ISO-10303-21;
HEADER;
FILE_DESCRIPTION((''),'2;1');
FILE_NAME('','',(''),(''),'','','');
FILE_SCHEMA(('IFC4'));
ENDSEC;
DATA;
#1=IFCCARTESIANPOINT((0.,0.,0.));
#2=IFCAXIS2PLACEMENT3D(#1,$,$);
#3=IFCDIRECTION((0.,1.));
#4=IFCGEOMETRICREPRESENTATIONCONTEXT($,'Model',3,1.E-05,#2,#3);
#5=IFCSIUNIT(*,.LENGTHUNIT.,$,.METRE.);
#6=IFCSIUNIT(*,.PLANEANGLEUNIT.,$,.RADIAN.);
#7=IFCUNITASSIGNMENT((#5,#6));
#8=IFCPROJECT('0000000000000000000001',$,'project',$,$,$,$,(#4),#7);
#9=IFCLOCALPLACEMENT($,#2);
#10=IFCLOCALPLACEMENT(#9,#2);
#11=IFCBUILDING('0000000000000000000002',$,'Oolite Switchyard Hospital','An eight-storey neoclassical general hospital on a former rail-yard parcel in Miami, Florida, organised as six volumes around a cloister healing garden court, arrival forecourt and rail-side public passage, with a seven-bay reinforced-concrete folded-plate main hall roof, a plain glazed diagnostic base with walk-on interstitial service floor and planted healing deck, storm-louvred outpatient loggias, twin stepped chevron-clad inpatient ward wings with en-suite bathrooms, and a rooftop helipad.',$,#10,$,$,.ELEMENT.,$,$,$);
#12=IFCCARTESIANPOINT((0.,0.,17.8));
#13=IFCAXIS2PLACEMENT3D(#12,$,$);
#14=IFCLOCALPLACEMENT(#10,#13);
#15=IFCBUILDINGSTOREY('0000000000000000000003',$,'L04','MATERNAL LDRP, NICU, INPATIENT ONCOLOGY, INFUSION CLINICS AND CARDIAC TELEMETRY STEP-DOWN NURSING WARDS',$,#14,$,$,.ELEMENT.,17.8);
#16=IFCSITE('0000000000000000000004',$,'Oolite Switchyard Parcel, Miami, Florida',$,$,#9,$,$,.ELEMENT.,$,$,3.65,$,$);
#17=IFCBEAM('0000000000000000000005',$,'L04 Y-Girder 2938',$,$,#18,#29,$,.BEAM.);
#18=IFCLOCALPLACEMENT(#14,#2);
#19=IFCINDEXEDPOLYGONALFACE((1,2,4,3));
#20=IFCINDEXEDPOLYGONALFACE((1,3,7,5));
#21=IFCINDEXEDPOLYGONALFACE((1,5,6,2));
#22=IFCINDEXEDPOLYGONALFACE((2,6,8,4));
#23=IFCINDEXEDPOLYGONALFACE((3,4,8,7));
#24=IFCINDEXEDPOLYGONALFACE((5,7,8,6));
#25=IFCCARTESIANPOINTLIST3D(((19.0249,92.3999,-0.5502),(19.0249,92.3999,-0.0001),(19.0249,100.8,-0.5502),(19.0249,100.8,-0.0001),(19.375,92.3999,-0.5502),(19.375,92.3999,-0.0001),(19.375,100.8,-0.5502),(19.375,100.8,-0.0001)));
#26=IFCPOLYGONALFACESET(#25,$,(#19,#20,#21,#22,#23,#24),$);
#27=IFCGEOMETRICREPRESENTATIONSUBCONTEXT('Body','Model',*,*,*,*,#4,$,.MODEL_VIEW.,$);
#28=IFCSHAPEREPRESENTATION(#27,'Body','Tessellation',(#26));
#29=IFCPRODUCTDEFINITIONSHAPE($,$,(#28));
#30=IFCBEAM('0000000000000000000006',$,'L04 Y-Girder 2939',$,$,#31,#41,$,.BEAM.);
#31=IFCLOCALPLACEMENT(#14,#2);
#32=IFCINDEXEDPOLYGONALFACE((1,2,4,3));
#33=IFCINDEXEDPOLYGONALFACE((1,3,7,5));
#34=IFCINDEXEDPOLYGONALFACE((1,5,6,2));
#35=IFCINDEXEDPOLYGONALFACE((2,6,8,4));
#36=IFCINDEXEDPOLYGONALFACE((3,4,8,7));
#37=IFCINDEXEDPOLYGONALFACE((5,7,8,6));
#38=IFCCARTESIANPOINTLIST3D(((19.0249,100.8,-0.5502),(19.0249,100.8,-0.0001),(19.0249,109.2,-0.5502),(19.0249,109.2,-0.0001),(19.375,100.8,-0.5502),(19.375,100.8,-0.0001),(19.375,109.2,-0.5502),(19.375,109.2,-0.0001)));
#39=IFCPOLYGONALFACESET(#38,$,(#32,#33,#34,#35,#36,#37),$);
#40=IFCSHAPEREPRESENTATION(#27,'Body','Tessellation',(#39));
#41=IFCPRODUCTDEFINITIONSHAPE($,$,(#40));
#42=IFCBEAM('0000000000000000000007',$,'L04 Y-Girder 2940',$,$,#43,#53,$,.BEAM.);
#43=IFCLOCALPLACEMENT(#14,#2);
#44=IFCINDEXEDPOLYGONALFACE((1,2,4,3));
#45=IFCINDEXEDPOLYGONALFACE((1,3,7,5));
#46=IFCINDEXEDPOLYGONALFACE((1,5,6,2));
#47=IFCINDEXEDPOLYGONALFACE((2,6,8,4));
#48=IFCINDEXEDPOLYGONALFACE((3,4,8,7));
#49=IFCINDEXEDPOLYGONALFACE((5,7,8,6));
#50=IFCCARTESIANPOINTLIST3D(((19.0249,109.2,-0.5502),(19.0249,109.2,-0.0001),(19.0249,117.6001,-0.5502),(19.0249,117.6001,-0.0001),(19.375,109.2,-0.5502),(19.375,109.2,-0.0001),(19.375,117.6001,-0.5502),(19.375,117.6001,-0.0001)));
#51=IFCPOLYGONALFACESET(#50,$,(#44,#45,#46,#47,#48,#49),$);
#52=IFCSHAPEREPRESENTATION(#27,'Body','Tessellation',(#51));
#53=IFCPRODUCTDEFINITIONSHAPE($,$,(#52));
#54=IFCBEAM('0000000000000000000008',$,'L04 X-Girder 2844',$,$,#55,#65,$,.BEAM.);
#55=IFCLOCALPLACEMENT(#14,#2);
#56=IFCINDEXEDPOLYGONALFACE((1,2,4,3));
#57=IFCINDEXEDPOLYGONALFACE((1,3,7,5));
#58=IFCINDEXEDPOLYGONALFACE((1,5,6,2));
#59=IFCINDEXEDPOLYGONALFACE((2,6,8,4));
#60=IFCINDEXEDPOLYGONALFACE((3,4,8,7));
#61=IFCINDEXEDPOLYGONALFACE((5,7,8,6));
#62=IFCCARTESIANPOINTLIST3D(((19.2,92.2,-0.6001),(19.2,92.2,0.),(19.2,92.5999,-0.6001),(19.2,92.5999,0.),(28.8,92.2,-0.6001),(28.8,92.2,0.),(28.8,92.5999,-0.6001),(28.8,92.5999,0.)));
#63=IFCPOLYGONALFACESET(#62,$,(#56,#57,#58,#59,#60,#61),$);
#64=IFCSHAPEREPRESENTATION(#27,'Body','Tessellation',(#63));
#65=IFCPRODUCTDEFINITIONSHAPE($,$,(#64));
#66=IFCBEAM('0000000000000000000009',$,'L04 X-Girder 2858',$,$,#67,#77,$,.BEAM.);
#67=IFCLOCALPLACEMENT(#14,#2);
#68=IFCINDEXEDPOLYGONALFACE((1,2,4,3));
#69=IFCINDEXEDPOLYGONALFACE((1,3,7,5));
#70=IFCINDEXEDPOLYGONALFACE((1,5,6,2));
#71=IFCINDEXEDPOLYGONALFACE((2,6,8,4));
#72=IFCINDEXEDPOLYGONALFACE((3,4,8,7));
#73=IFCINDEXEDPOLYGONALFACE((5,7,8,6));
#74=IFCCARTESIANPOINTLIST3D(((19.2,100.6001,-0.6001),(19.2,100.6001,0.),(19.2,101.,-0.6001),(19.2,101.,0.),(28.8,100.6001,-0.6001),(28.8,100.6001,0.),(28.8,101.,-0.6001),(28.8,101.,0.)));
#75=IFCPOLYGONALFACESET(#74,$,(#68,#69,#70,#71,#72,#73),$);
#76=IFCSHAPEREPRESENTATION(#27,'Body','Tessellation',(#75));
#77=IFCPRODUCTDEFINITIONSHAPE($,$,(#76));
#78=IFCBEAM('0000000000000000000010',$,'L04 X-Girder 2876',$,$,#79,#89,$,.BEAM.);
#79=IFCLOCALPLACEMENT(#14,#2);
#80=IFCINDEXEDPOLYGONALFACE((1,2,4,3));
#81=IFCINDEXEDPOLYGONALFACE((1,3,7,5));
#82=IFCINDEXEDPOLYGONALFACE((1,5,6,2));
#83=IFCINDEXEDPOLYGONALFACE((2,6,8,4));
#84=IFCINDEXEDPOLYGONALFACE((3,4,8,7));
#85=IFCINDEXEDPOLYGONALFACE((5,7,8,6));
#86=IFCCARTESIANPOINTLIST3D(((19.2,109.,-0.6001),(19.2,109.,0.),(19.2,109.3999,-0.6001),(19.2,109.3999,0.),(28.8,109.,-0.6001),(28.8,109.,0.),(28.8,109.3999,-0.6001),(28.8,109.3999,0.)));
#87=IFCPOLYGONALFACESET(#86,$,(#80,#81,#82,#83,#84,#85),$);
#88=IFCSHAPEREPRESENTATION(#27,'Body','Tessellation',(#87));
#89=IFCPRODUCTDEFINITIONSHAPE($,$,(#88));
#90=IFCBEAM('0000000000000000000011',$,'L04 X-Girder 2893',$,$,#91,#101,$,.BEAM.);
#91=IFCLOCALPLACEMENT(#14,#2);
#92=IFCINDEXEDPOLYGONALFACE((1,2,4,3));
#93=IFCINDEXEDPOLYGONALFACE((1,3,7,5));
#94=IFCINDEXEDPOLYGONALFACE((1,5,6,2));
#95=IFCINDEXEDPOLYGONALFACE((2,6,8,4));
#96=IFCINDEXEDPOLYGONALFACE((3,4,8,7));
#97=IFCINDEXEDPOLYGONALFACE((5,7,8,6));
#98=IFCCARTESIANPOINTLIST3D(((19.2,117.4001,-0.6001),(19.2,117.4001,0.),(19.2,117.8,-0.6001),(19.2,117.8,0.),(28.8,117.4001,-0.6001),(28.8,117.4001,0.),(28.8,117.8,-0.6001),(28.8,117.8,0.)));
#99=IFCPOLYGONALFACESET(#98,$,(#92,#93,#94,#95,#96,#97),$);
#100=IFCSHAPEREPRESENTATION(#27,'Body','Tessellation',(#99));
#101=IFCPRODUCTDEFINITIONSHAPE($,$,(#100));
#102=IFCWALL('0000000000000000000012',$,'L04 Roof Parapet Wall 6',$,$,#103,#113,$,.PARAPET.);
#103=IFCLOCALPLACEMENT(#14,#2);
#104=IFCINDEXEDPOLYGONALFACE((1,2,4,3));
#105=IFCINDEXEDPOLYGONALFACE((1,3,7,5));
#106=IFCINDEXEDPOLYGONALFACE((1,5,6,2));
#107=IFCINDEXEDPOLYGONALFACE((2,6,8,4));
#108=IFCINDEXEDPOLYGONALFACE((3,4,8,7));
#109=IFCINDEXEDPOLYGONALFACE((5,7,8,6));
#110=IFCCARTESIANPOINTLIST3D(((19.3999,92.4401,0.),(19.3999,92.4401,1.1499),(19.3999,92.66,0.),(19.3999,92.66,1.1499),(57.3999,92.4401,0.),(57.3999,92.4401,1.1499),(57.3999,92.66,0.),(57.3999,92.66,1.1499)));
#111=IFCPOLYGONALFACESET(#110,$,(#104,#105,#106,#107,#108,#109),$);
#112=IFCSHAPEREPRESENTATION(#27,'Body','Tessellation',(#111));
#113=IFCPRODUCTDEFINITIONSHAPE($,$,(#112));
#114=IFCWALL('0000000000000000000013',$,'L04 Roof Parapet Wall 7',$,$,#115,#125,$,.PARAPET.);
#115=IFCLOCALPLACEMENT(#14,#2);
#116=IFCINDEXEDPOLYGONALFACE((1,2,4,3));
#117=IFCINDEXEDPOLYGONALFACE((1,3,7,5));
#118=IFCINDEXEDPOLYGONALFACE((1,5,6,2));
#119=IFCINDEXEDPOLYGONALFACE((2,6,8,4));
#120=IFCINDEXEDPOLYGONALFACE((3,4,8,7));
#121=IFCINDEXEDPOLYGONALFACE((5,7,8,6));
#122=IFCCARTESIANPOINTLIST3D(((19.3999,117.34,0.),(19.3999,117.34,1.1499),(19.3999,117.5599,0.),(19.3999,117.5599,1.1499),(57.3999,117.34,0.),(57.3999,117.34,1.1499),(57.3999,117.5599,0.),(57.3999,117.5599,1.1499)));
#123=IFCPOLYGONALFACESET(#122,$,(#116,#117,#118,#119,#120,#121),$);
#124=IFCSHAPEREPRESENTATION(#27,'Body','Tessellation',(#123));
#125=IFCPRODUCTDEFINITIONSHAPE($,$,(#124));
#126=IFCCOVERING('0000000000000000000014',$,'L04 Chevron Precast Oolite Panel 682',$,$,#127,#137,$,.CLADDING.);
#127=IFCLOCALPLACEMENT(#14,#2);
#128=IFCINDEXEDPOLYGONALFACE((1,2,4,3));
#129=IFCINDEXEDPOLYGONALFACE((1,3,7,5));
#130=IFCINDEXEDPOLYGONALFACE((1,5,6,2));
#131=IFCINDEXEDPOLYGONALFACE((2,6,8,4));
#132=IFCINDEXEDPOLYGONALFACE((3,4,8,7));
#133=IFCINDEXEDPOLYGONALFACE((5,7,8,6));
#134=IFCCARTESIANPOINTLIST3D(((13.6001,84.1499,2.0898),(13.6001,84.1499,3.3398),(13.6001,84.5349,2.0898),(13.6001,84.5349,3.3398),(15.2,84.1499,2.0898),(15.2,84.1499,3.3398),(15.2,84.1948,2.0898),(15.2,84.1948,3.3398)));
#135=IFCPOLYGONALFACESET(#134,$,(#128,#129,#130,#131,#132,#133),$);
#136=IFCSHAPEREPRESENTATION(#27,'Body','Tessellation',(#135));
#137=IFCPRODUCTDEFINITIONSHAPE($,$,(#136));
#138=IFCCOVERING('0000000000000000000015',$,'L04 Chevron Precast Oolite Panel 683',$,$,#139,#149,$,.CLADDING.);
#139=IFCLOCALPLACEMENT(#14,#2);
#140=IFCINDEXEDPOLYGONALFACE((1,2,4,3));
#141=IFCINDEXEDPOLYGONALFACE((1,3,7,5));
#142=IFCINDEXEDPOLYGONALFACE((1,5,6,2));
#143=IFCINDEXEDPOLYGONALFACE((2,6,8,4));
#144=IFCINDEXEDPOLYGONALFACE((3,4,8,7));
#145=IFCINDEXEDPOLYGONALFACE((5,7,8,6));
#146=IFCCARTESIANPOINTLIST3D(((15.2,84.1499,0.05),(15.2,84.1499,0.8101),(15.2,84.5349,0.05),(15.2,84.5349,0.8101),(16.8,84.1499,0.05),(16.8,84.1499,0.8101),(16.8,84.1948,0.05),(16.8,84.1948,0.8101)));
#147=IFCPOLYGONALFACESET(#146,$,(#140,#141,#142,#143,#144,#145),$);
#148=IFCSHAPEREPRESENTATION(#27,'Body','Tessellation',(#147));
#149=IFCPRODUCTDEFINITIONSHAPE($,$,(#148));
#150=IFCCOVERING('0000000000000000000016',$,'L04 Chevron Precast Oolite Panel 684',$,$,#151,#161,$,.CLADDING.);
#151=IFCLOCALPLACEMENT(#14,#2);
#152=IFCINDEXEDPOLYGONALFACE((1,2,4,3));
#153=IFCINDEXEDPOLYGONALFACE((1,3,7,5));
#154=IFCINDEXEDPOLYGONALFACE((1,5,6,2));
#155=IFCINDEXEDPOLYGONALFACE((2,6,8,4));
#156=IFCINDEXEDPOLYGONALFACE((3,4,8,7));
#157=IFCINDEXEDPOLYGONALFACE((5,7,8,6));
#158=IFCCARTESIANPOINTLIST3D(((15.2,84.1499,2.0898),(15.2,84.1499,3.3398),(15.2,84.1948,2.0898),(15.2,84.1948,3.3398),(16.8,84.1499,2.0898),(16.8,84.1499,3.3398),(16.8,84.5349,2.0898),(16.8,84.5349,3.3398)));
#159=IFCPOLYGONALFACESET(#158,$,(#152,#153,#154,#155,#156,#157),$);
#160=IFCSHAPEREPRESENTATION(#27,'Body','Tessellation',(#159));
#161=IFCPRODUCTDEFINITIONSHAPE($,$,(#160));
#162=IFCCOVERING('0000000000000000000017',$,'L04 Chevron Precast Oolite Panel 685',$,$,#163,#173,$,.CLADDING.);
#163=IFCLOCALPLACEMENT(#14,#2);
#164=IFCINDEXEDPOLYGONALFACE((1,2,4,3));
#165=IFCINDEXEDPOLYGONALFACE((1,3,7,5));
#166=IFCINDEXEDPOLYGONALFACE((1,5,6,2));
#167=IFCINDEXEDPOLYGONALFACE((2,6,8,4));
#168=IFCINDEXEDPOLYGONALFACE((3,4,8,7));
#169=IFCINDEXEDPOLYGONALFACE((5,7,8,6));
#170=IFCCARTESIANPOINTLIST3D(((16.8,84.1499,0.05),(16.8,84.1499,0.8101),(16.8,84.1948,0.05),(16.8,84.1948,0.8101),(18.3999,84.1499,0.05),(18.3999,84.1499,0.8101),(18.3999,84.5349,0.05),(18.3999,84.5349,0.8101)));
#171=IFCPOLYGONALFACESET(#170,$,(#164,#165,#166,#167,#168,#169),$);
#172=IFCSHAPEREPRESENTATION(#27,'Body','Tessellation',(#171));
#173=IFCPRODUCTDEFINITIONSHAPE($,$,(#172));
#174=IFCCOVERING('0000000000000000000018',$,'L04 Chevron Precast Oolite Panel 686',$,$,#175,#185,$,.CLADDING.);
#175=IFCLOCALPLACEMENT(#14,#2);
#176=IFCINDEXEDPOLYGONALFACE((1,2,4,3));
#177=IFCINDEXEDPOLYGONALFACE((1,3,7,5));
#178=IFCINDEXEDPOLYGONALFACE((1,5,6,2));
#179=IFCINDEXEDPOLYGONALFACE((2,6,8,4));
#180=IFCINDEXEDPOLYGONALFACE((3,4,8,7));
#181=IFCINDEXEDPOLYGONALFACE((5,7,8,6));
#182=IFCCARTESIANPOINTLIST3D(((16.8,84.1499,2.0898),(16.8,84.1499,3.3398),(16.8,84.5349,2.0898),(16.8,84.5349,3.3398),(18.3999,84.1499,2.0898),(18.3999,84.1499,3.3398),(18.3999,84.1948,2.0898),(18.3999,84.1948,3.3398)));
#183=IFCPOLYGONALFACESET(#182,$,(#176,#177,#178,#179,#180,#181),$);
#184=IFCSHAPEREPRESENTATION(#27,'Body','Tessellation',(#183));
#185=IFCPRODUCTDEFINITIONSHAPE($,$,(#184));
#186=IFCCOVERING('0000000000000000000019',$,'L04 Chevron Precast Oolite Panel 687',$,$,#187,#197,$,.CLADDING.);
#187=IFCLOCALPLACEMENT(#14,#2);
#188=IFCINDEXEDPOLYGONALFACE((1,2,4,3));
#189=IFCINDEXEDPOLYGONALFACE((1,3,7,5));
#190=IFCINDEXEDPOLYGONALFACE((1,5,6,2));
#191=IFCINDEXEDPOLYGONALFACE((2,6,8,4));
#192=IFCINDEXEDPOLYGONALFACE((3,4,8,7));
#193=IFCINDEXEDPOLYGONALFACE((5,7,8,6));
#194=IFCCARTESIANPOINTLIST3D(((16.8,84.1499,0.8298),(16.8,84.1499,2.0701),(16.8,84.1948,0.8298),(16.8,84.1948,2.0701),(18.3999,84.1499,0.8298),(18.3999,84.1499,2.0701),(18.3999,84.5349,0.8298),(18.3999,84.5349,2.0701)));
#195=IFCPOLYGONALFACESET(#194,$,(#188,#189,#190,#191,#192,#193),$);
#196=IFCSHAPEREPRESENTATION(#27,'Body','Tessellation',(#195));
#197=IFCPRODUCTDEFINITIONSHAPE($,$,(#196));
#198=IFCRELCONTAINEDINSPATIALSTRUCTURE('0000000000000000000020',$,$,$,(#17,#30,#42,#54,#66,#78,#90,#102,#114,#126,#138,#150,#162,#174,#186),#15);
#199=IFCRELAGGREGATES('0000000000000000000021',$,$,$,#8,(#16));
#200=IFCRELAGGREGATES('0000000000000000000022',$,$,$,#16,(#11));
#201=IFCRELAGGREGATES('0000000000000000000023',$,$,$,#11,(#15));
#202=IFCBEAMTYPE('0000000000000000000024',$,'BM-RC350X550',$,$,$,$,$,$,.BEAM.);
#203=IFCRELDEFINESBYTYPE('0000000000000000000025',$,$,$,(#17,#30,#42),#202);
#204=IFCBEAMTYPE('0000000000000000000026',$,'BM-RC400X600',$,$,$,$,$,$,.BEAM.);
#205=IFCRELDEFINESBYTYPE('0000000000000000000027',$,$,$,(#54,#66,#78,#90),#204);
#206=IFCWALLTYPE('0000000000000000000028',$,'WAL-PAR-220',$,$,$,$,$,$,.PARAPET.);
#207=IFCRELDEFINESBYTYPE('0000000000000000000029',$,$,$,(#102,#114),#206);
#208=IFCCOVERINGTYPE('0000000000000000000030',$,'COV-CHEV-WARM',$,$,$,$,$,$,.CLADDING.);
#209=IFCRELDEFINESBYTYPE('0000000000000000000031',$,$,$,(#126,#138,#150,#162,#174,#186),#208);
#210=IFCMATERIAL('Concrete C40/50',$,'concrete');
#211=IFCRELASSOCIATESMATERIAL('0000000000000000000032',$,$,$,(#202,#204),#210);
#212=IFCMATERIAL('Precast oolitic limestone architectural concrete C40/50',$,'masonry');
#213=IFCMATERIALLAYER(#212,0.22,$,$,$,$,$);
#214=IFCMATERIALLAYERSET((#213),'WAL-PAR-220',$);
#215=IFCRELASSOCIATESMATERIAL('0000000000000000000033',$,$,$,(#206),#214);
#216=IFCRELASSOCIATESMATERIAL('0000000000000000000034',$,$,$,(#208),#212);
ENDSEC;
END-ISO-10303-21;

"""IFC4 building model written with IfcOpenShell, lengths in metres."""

from ifc_helpers import new_model, si_unit, direction, frame, frame_2d, origin, origin_2d, place, context, subcontext, project, spatial, polyline, rectangle, outline, extrude, material, layer, layer_set, material_profile, profile_set, type_object, element, save


model = new_model("IFC4")

# Units and contexts
model_context = context("Model", 3, precision=1e-05, world=origin(), true_north=direction((0.0, 1.0)))
body_context = subcontext(model_context, "Body", "Model", "MODEL_VIEW")
ifc_project = project(units=[si_unit("LENGTHUNIT", "METRE"), si_unit("PLANEANGLEUNIT", "RADIAN")], contexts=[model_context])

# Site, building, storey
site_placement = place(None, origin())
site = spatial("IfcSite", under=ifc_project, at=site_placement, Name="Oolite Switchyard Parcel, Miami, Florida", CompositionType="ELEMENT", RefElevation=3.65)
building_placement = place(site_placement, origin())
building = spatial("IfcBuilding", under=site, at=building_placement, Name="Oolite Switchyard Hospital", Description="An eight-storey neoclassical general hospital on a former rail-yard parcel in Miami, Florida, organised as six volumes around a cloister healing garden court, arrival forecourt and rail-side public passage, with a seven-bay reinforced-concrete folded-plate main hall roof, a plain glazed diagnostic base with walk-on interstitial service floor and planted healing deck, storm-louvred outpatient loggias, twin stepped chevron-clad inpatient ward wings with en-suite bathrooms, and a rooftop helipad.", CompositionType="ELEMENT")
storey_placement = place(building_placement, frame((0.0, 0.0, 17.8)))
storey = spatial("IfcBuildingStorey", under=building, at=storey_placement, Name="L04", Description="MATERNAL LDRP, NICU, INPATIENT ONCOLOGY, INFUSION CLINICS AND CARDIAC TELEMETRY STEP-DOWN NURSING WARDS", CompositionType="ELEMENT", Elevation=17.8)

# Beams
ifc_material_1 = material(Name="Concrete C40/50", Category="concrete")
ifc_material_profile_1 = material_profile(ifc_material_1, rectangle(XDim=0.3501, YDim=0.55, at=origin_2d()), Name="RCB350X550")
ifc_profile_set_1 = profile_set([ifc_material_profile_1], Name="Concrete C40/50")
beam_type_1 = type_object("IfcBeamType", Name="BM-RC350X550", PredefinedType="BEAM", material=ifc_profile_set_1)
beam_1_placement = place(storey_placement, frame((19.2, 92.3999, -0.2751), z_axis=(0.0, 1.0, 0.0), x_axis=(-1.0, 0.0, 0.0)))
element("IfcBeam", 1, at=beam_1_placement, inside=storey, type_object=beam_type_1, Name="L04 Y-Girder 2938", PredefinedType="BEAM", context=body_context, shape_type="SweptSolid", body=[
    extrude(rectangle(XDim=0.3501, YDim=0.55, at=origin_2d()), origin(), (0.0, 0.0, 1.0), 8.4001),
])
beam_2_placement = place(storey_placement, frame((19.2, 100.8, -0.2751), z_axis=(0.0, 1.0, 0.0), x_axis=(-1.0, 0.0, 0.0)))
element("IfcBeam", 2, at=beam_2_placement, inside=storey, type_object=beam_type_1, Name="L04 Y-Girder 2939", PredefinedType="BEAM", context=body_context, shape_type="SweptSolid", body=[
    extrude(rectangle(XDim=0.3501, YDim=0.55, at=origin_2d()), origin(), (0.0, 0.0, 1.0), 8.3999),
])
beam_3_placement = place(storey_placement, frame((19.2, 109.2, -0.2751), z_axis=(0.0, 1.0, 0.0), x_axis=(-1.0, 0.0, 0.0)))
element("IfcBeam", 3, at=beam_3_placement, inside=storey, type_object=beam_type_1, Name="L04 Y-Girder 2940", PredefinedType="BEAM", context=body_context, shape_type="SweptSolid", body=[
    extrude(rectangle(XDim=0.3501, YDim=0.55, at=origin_2d()), origin(), (0.0, 0.0, 1.0), 8.4001),
])
ifc_material_profile_2 = material_profile(ifc_material_1, rectangle(XDim=0.3999, YDim=0.6001, at=origin_2d()), Name="RCB400X600")
ifc_profile_set_2 = profile_set([ifc_material_profile_2], Name="Concrete C40/50")
beam_type_2 = type_object("IfcBeamType", Name="BM-RC400X600", PredefinedType="BEAM", material=ifc_profile_set_2)
for number, where, z_axis, x_axis, name in (
    (4, (19.2, 92.3999, -0.3), (1.0, 0.0, 0.0), (0.0, 1.0, 0.0), "L04 X-Girder 2844"),
    (5, (19.2, 100.8, -0.3), (1.0, 0.0, 0.0), (0.0, 1.0, 0.0), "L04 X-Girder 2858"),
    (6, (19.2, 109.2, -0.3), (1.0, 0.0, 0.0), (0.0, 1.0, 0.0), "L04 X-Girder 2876"),
    (7, (19.2, 117.6001, -0.3), (1.0, 0.0, 0.0), (0.0, 1.0, 0.0), "L04 X-Girder 2893"),
):
    element("IfcBeam", number, at=place(storey_placement, frame(where, z_axis=z_axis, x_axis=x_axis)), inside=storey, type_object=beam_type_2, Name=name, PredefinedType="BEAM", context=body_context, shape_type="SweptSolid", body=[
        extrude(rectangle(XDim=0.3999, YDim=0.6001, at=origin_2d()), origin(), (0.0, 0.0, 1.0), 9.6001),
    ])

# Walls
ifc_material_2 = material(Name="Precast oolitic limestone architectural concrete C40/50", Category="masonry")
ifc_layer = layer(ifc_material_2, 0.22)
ifc_layer_set = layer_set([ifc_layer], Name="WAL-PAR-220")
wall_type = type_object("IfcWallType", Name="WAL-PAR-220", PredefinedType="PARAPET", material=ifc_layer_set)
for number, where, z_axis, x_axis, name in (
    (8, (19.3999, 92.55, 0.0), (0.0, 0.0, 1.0), (1.0, 0.0, 0.0), "L04 Roof Parapet Wall 6"),
    (9, (19.3999, 117.45, 0.0), (0.0, 0.0, 1.0), (1.0, 0.0, 0.0), "L04 Roof Parapet Wall 7"),
):
    element("IfcWall", number, at=place(storey_placement, frame(where, z_axis=z_axis, x_axis=x_axis)), inside=storey, type_object=wall_type, Name=name, PredefinedType="PARAPET", context=body_context, shape_type="SweptSolid", body=[
        extrude(rectangle(XDim=38.0, YDim=0.22, at=frame_2d((19.0, 0.0))), origin(), (0.0, 0.0, 1.0), 1.1499),
    ])

# Coverings
covering_type = type_object("IfcCoveringType", Name="COV-CHEV-WARM", PredefinedType="CLADDING", material=ifc_material_2)
covering_1_placement = place(storey_placement, frame((13.6001, 84.1499, 2.0898), z_axis=(0.0, 0.0, 1.0), x_axis=(1.0, 0.0, 0.0)))
element("IfcCovering", 10, at=covering_1_placement, inside=storey, type_object=covering_type, Name="L04 Chevron Precast Oolite Panel 682", PredefinedType="CLADDING", context=body_context, shape_type="SweptSolid", body=[
    extrude(outline(polyline([(0.0, 0.0), (1.5999, 0.0), (1.5999, 0.0449), (0.0, 0.385), (0.0, 0.0)])), origin(), (0.0, 0.0, 1.0), 1.25),
])
covering_2_placement = place(storey_placement, frame((15.2, 84.1499, 0.05), z_axis=(0.0, 0.0, 1.0), x_axis=(1.0, 0.0, 0.0)))
element("IfcCovering", 11, at=covering_2_placement, inside=storey, type_object=covering_type, Name="L04 Chevron Precast Oolite Panel 683", PredefinedType="CLADDING", context=body_context, shape_type="SweptSolid", body=[
    extrude(outline(polyline([(0.0, 0.0), (1.6001, 0.0), (1.6001, 0.0449), (0.0, 0.385), (0.0, 0.0)])), origin(), (0.0, 0.0, 1.0), 0.76),
])
covering_3_placement = place(storey_placement, frame((15.2, 84.1499, 2.0898), z_axis=(0.0, 0.0, 1.0), x_axis=(1.0, 0.0, 0.0)))
element("IfcCovering", 12, at=covering_3_placement, inside=storey, type_object=covering_type, Name="L04 Chevron Precast Oolite Panel 684", PredefinedType="CLADDING", context=body_context, shape_type="SweptSolid", body=[
    extrude(outline(polyline([(0.0, 0.0), (1.6001, 0.0), (1.6001, 0.385), (0.0, 0.0449), (0.0, 0.0)])), origin(), (0.0, 0.0, 1.0), 1.25),
])
covering_4_placement = place(storey_placement, frame((16.8, 84.1499, 0.05), z_axis=(0.0, 0.0, 1.0), x_axis=(1.0, 0.0, 0.0)))
element("IfcCovering", 13, at=covering_4_placement, inside=storey, type_object=covering_type, Name="L04 Chevron Precast Oolite Panel 685", PredefinedType="CLADDING", context=body_context, shape_type="SweptSolid", body=[
    extrude(outline(polyline([(0.0, 0.0), (1.5999, 0.0), (1.5999, 0.385), (0.0, 0.0449), (0.0, 0.0)])), origin(), (0.0, 0.0, 1.0), 0.76),
])
covering_5_placement = place(storey_placement, frame((16.8, 84.1499, 2.0898), z_axis=(0.0, 0.0, 1.0), x_axis=(1.0, 0.0, 0.0)))
element("IfcCovering", 14, at=covering_5_placement, inside=storey, type_object=covering_type, Name="L04 Chevron Precast Oolite Panel 686", PredefinedType="CLADDING", context=body_context, shape_type="SweptSolid", body=[
    extrude(outline(polyline([(0.0, 0.0), (1.5999, 0.0), (1.5999, 0.0449), (0.0, 0.385), (0.0, 0.0)])), origin(), (0.0, 0.0, 1.0), 1.25),
])
covering_6_placement = place(storey_placement, frame((16.8, 84.1499, 0.8298), z_axis=(0.0, 0.0, 1.0), x_axis=(1.0, 0.0, 0.0)))
element("IfcCovering", 15, at=covering_6_placement, inside=storey, type_object=covering_type, Name="L04 Chevron Precast Oolite Panel 687", PredefinedType="CLADDING", context=body_context, shape_type="SweptSolid", body=[
    extrude(outline(polyline([(0.0, 0.0), (1.5999, 0.0), (1.5999, 0.385), (0.0, 0.0449), (0.0, 0.0)])), origin(), (0.0, 0.0, 1.0), 1.2402),
])

save(model, "model.ifc")
